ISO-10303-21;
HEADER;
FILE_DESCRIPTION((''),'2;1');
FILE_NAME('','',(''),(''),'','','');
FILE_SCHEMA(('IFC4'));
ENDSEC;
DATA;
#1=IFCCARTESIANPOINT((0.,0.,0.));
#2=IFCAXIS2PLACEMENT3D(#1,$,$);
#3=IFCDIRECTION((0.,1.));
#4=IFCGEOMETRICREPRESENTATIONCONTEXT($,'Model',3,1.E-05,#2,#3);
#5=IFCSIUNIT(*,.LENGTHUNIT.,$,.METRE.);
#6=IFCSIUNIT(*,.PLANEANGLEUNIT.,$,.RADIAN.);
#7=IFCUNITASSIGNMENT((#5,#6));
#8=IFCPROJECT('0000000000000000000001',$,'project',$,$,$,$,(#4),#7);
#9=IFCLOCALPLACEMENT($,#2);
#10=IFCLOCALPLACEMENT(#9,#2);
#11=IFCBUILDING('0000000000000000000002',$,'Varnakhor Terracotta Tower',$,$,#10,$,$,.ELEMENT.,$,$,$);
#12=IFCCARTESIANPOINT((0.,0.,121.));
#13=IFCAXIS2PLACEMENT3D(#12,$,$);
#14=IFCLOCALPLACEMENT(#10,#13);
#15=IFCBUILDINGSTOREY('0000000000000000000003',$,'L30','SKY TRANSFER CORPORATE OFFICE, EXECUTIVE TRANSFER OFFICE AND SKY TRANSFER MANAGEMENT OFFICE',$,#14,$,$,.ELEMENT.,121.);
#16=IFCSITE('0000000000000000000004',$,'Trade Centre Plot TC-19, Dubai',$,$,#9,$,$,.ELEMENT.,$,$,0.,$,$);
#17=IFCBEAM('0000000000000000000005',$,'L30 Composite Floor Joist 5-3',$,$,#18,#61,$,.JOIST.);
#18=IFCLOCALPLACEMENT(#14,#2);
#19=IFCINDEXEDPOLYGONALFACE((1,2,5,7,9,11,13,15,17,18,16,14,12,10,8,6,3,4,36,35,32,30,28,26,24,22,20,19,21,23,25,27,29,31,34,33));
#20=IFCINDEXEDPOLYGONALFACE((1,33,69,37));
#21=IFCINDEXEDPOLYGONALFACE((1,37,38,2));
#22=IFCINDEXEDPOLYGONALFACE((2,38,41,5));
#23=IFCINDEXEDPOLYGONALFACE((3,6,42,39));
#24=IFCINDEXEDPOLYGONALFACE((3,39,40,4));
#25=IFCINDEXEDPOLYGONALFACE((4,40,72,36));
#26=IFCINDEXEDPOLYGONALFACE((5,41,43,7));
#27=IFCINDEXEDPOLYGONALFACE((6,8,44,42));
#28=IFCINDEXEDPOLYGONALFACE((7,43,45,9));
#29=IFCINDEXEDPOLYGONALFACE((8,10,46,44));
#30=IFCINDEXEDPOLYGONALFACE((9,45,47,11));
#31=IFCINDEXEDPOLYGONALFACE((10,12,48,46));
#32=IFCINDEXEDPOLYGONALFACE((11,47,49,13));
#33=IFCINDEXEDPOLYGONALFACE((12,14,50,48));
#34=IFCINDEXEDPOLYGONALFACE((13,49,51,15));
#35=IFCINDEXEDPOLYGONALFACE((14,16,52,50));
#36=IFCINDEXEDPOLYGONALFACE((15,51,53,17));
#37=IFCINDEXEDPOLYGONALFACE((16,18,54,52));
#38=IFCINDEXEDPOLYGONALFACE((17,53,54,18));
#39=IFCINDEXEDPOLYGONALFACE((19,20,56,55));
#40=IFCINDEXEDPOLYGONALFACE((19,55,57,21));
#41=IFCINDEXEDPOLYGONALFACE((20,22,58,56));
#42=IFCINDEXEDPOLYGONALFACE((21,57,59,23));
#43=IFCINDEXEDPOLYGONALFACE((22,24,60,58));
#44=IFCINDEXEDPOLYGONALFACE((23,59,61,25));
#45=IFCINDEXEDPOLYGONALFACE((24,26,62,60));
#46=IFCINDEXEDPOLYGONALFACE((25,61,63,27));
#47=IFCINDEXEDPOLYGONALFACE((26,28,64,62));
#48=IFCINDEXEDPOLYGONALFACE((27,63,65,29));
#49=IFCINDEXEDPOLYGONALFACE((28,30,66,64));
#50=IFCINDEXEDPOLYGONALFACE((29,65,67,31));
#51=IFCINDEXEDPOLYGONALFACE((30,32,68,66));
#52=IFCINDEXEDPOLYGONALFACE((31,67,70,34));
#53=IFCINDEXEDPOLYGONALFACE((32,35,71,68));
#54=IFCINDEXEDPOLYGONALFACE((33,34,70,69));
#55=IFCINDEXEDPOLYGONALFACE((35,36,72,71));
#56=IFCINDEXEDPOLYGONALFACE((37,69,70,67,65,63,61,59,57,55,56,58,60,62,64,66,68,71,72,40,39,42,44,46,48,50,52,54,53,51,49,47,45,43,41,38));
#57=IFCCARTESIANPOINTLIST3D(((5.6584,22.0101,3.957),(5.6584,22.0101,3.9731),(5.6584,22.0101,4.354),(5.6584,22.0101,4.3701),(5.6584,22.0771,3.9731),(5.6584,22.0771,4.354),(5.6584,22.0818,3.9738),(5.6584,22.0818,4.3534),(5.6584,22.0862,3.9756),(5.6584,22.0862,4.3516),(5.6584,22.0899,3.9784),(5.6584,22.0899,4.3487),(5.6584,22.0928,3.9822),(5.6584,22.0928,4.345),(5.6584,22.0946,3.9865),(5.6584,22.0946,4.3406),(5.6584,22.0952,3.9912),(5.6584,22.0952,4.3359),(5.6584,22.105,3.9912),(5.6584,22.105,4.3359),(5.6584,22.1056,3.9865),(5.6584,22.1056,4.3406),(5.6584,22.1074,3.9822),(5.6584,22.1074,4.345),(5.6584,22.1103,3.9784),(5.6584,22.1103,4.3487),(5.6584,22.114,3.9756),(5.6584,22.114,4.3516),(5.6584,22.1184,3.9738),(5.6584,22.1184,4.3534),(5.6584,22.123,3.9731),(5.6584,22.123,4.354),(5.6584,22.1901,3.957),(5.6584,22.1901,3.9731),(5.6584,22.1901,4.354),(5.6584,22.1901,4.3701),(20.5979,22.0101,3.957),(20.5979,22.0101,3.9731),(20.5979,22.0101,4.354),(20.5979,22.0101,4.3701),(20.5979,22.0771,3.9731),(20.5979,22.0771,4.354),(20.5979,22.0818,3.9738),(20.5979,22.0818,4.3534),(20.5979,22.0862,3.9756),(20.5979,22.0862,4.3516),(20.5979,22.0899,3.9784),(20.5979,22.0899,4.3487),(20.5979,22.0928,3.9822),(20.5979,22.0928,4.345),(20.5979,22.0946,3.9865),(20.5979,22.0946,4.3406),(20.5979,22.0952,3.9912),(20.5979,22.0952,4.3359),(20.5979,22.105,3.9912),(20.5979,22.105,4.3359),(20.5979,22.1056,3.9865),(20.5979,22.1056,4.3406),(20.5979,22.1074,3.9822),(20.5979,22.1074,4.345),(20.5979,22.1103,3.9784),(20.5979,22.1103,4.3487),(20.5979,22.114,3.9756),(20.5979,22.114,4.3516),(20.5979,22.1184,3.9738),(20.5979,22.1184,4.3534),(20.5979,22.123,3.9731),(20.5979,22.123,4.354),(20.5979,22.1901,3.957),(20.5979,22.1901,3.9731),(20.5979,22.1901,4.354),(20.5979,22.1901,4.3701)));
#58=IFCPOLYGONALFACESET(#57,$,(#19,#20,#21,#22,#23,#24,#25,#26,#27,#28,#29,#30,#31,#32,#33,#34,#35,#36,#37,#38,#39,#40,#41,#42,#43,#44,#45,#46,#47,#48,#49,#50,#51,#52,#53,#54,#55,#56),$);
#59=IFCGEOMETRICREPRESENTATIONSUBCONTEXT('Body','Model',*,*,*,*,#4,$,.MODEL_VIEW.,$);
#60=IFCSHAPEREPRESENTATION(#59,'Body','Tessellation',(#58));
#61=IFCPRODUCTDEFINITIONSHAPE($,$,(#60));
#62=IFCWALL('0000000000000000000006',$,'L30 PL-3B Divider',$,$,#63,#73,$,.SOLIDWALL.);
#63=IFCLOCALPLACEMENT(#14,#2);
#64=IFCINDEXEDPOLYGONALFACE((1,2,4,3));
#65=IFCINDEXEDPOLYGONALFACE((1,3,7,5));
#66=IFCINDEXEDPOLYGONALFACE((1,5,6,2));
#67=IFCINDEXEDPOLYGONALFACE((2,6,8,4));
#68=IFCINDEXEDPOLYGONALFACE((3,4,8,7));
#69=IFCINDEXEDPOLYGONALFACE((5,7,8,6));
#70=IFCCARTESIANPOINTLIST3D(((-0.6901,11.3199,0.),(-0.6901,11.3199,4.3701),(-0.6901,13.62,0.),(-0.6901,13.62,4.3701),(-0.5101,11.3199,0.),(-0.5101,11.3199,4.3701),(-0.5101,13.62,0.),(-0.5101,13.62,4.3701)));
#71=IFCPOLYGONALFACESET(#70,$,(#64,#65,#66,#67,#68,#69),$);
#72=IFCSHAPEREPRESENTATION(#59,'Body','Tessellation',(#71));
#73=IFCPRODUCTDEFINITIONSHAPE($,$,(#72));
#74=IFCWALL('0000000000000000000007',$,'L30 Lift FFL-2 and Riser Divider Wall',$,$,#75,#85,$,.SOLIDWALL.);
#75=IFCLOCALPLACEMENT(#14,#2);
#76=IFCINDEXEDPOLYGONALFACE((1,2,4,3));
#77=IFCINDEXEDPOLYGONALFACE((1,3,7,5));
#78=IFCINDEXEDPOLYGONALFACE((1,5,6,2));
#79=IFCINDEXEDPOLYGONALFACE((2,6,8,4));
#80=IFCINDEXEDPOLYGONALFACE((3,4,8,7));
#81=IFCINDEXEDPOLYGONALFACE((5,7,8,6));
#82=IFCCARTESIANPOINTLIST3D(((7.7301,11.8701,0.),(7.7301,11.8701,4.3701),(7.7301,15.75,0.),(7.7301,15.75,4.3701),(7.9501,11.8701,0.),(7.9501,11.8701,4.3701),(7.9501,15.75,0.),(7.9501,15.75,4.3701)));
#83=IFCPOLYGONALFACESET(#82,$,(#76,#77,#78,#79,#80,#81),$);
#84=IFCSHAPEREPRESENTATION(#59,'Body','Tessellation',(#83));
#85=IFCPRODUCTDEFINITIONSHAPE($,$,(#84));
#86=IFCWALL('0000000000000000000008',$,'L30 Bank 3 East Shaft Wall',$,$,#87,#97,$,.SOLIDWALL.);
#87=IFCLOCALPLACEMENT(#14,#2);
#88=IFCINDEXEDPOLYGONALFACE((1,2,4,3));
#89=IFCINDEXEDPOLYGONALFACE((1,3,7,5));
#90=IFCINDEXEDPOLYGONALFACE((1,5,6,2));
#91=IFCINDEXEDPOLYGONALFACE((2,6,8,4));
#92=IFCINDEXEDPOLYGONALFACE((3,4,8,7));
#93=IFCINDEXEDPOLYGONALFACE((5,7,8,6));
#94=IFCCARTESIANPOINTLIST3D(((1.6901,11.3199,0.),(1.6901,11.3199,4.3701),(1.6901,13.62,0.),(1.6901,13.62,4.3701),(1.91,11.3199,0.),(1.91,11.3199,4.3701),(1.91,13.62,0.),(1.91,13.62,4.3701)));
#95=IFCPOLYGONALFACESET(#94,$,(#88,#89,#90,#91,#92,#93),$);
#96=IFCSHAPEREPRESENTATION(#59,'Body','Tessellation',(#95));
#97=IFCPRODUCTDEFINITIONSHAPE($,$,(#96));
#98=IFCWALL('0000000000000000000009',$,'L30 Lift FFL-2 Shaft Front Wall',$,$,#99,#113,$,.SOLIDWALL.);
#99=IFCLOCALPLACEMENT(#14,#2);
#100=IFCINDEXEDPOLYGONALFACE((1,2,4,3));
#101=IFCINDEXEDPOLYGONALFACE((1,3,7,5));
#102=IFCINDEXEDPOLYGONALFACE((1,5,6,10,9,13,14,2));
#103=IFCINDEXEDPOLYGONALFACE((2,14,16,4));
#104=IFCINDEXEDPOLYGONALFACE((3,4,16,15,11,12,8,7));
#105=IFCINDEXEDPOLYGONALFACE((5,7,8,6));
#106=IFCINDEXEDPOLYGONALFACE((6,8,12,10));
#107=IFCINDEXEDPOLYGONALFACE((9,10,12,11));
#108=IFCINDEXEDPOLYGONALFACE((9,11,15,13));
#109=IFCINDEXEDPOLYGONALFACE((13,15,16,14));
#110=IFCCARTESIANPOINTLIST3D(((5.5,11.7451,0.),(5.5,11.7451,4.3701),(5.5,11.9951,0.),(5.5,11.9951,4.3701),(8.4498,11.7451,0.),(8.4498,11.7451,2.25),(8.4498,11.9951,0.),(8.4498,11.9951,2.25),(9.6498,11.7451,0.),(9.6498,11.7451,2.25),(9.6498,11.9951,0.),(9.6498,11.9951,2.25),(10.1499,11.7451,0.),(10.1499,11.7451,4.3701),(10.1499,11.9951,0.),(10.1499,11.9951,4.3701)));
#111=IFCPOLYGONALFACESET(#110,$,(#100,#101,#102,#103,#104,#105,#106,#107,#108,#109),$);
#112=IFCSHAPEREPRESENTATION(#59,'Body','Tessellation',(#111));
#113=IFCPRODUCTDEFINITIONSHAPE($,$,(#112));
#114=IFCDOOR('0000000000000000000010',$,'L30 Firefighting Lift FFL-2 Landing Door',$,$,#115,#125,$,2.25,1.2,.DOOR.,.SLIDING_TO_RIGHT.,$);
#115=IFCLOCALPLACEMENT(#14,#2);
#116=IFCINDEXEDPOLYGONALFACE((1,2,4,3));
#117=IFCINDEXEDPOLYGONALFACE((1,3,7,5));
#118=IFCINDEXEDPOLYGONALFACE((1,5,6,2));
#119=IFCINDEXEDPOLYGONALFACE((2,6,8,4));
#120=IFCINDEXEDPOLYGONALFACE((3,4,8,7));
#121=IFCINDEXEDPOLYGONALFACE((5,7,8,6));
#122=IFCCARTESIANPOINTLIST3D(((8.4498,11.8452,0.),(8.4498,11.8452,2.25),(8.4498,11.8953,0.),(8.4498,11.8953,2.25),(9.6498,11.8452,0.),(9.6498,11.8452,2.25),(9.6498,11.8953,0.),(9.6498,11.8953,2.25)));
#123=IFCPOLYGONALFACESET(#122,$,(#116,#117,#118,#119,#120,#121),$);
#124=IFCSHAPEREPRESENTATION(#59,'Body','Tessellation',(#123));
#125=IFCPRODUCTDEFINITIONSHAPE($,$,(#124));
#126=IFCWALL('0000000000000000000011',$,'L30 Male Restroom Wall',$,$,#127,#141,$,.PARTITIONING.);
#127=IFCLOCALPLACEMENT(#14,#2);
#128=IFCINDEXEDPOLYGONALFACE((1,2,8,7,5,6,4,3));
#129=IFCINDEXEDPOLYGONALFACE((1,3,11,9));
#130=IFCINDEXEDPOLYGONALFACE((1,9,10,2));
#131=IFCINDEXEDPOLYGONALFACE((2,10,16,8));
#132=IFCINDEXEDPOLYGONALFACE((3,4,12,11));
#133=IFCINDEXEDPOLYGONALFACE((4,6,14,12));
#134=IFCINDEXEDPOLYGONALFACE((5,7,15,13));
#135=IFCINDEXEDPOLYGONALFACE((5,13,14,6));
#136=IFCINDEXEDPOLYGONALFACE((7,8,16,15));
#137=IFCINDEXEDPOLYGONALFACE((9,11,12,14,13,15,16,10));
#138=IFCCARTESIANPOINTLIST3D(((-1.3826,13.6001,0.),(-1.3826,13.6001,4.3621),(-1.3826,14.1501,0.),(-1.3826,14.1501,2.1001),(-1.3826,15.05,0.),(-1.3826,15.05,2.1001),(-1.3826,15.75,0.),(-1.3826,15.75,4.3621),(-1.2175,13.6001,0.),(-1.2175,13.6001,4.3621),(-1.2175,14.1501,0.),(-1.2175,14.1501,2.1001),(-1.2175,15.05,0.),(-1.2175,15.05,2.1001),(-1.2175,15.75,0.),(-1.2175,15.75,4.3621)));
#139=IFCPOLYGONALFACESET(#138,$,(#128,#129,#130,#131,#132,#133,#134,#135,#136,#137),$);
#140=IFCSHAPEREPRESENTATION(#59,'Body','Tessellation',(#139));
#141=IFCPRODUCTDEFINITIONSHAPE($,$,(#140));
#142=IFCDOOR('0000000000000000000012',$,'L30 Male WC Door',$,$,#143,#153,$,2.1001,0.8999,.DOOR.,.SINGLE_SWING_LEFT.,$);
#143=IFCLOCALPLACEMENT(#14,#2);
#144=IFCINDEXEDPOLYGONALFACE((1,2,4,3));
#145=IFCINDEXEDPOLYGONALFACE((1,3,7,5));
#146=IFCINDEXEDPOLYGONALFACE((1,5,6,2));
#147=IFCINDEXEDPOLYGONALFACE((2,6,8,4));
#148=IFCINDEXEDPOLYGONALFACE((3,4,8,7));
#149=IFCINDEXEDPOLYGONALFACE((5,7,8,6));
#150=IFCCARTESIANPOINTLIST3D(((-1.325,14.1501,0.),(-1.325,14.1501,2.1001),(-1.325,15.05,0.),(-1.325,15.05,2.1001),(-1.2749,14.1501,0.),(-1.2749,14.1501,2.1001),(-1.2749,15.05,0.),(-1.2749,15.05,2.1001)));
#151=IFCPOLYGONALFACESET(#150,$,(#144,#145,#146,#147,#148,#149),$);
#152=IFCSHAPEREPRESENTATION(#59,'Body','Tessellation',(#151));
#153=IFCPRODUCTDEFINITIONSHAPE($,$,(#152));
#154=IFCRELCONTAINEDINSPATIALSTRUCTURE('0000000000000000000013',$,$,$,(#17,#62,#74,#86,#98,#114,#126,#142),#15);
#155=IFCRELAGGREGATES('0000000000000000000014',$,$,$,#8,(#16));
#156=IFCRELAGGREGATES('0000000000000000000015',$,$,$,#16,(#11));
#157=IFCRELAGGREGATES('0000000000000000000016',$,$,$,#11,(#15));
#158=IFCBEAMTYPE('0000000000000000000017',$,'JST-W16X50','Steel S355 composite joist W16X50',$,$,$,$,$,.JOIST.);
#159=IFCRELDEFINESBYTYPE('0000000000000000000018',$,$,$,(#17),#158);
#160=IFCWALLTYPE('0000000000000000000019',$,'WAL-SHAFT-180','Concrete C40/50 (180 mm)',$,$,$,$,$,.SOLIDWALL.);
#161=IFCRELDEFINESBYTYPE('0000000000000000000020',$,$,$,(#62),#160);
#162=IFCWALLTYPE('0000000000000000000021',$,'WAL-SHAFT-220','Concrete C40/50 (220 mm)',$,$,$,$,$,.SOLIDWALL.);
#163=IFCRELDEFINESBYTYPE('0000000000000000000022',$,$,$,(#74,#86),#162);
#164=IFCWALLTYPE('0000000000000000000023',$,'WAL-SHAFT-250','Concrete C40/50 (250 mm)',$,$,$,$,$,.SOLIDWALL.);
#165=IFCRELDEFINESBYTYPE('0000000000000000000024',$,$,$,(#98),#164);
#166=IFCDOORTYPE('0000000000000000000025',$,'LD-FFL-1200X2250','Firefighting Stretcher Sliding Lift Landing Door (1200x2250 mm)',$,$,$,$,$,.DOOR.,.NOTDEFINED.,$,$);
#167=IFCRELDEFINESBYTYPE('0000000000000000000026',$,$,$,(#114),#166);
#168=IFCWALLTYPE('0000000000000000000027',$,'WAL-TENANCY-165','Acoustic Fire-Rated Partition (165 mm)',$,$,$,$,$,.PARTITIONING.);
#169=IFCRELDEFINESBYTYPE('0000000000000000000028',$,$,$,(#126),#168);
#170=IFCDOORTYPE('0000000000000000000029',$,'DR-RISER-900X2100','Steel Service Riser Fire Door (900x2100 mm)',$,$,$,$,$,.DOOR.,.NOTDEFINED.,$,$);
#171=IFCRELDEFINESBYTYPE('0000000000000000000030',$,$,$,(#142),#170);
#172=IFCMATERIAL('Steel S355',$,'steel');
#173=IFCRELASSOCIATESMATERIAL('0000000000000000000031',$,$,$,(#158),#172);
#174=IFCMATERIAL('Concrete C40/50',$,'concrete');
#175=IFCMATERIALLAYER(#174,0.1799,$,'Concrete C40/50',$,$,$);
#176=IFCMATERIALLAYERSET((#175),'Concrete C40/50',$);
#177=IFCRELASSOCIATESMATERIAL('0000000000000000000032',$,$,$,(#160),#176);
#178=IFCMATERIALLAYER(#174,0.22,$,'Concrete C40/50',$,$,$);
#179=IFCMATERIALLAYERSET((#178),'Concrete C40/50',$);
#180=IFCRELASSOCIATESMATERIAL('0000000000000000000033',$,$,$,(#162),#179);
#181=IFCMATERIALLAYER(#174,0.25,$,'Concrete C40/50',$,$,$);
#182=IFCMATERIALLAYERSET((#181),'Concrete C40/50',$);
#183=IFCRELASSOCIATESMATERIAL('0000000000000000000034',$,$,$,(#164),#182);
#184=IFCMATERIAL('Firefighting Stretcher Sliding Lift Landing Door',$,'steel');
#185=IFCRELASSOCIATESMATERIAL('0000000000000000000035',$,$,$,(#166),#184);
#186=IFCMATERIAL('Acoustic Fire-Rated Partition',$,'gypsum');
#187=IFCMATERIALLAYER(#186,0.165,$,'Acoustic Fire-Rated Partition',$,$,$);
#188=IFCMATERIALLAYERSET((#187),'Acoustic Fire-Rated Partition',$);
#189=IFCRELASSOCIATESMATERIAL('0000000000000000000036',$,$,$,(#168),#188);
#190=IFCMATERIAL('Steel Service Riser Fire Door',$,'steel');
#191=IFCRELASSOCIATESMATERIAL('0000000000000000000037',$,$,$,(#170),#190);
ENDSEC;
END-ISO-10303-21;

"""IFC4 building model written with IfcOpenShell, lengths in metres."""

from ifc_helpers import new_model, si_unit, direction, frame, frame_2d, origin, origin_2d, place, context, subcontext, project, spatial, rectangle, i_section, extrude, source, transform, mapped, material, layer, layer_set, material_profile, profile_set, type_object, type_shapes, element, fill, save


model = new_model("IFC4")

# Units and contexts
model_context = context("Model", 3, precision=1e-05, world=origin(), true_north=direction((0.0, 1.0)))
body_context = subcontext(model_context, "Body", "Model", "MODEL_VIEW")
ifc_project = project(units=[si_unit("LENGTHUNIT", "METRE"), si_unit("PLANEANGLEUNIT", "RADIAN")], contexts=[model_context])

# Site, building, storey
site_placement = place(None, origin())
site = spatial("IfcSite", under=ifc_project, at=site_placement, Name="Trade Centre Plot TC-19, Dubai", CompositionType="ELEMENT", RefElevation=0.0)
building_placement = place(site_placement, origin())
building = spatial("IfcBuilding", under=site, at=building_placement, Name="Varnakhor Terracotta Tower", CompositionType="ELEMENT")
storey_placement = place(building_placement, frame((0.0, 0.0, 121.0)))
storey = spatial("IfcBuildingStorey", under=building, at=storey_placement, Name="L30", Description="SKY TRANSFER CORPORATE OFFICE, EXECUTIVE TRANSFER OFFICE AND SKY TRANSFER MANAGEMENT OFFICE", CompositionType="ELEMENT", Elevation=121.0)

# Beam
ifc_material_1 = material(Name="Steel S355", Category="steel")
ifc_material_profile_1 = material_profile(ifc_material_1, i_section(OverallWidth=0.1799, OverallDepth=0.4131, WebThickness=0.0098, FlangeThickness=0.0161, FilletRadius=0.0181, at=origin_2d()), Name="W16X50")
ifc_profile_set_1 = profile_set([ifc_material_profile_1], Name="Steel S355")
beam_type_1 = type_object("IfcBeamType", Name="JST-W16X50", Description="Steel S355 composite joist W16X50", PredefinedType="JOIST", material=ifc_profile_set_1)
shared_shape_1 = source(origin(), body_context, "Body", "SweptSolid", [
    extrude(i_section(OverallWidth=0.1799, OverallDepth=0.4131, WebThickness=0.0098, FlangeThickness=0.0161, FilletRadius=0.0181, at=origin_2d()), origin(), (0.0, 0.0, 1.0), 14.9395),
])
beam_1_placement = place(storey_placement, frame((5.6584, 22.1001, 4.1636), z_axis=(1.0, 0.0, 0.0), x_axis=(0.0, 1.0, 0.0)))
element("IfcBeam", 1, at=beam_1_placement, inside=storey, type_object=beam_type_1, Name="L30 Composite Floor Joist 5-3", PredefinedType="JOIST", context=body_context, shape_type="MappedRepresentation", body=[
    mapped(shared_shape_1, transform((0.0, 0.0, 0.0), scale=1.0)),
])

# Walls
ifc_material_2 = material(Name="Concrete C40/50", Category="concrete")
ifc_layer_1 = layer(ifc_material_2, 0.1799, Name="Concrete C40/50")
ifc_layer_set_1 = layer_set([ifc_layer_1], Name="Concrete C40/50")
wall_type_1 = type_object("IfcWallType", Name="WAL-SHAFT-180", Description="Concrete C40/50 (180 mm)", PredefinedType="SOLIDWALL", material=ifc_layer_set_1)
wall_1_placement = place(storey_placement, frame((-0.6001, 11.3201, 0.0), z_axis=(0.0, 0.0, 1.0), x_axis=(0.0, 1.0, 0.0)))
element("IfcWall", 2, at=wall_1_placement, inside=storey, type_object=wall_type_1, Name="L30 PL-3B Divider", PredefinedType="SOLIDWALL", context=body_context, shape_type="SweptSolid", body=[
    extrude(rectangle(XDim=2.3, YDim=0.1799, at=frame_2d((1.1499, 0.0))), origin(), (0.0, 0.0, 1.0), 4.3701),
])
ifc_layer_2 = layer(ifc_material_2, 0.22, Name="Concrete C40/50")
ifc_layer_set_2 = layer_set([ifc_layer_2], Name="Concrete C40/50")
wall_type_2 = type_object("IfcWallType", Name="WAL-SHAFT-220", Description="Concrete C40/50 (220 mm)", PredefinedType="SOLIDWALL", material=ifc_layer_set_2)
wall_2_placement = place(storey_placement, frame((7.8401, 11.8701, 0.0), z_axis=(0.0, 0.0, 1.0), x_axis=(0.0, 1.0, 0.0)))
element("IfcWall", 3, at=wall_2_placement, inside=storey, type_object=wall_type_2, Name="L30 Lift FFL-2 and Riser Divider Wall", PredefinedType="SOLIDWALL", context=body_context, shape_type="SweptSolid", body=[
    extrude(rectangle(XDim=3.8799, YDim=0.22, at=frame_2d((1.9399, 0.0))), origin(), (0.0, 0.0, 1.0), 4.3701),
])
wall_3_placement = place(storey_placement, frame((1.8, 11.3201, 0.0), z_axis=(0.0, 0.0, 1.0), x_axis=(0.0, 1.0, 0.0)))
element("IfcWall", 4, at=wall_3_placement, inside=storey, type_object=wall_type_2, Name="L30 Bank 3 East Shaft Wall", PredefinedType="SOLIDWALL", context=body_context, shape_type="SweptSolid", body=[
    extrude(rectangle(XDim=2.3, YDim=0.22, at=frame_2d((1.1499, 0.0))), origin(), (0.0, 0.0, 1.0), 4.3701),
])

# Walls, openings, doors
ifc_layer_3 = layer(ifc_material_2, 0.25, Name="Concrete C40/50")
ifc_layer_set_3 = layer_set([ifc_layer_3], Name="Concrete C40/50")
wall_type_3 = type_object("IfcWallType", Name="WAL-SHAFT-250", Description="Concrete C40/50 (250 mm)", PredefinedType="SOLIDWALL", material=ifc_layer_set_3)
wall_4_placement = place(storey_placement, frame((10.1499, 11.8701, 0.0), z_axis=(0.0, 0.0, 1.0), x_axis=(-1.0, 0.0, 0.0)))
wall_4 = element("IfcWall", 5, at=wall_4_placement, inside=storey, type_object=wall_type_3, Name="L30 Lift FFL-2 Shaft Front Wall", PredefinedType="SOLIDWALL", context=body_context, shape_type="SweptSolid", body=[
    extrude(rectangle(XDim=4.6499, YDim=0.25, at=frame_2d((2.325, 0.0))), origin(), (0.0, 0.0, 1.0), 4.3701),
])
opening_1_placement = place(wall_4_placement, frame((0.5, 0.0, 0.0)))
opening_1 = element("IfcOpeningElement", 6, at=opening_1_placement, cuts=wall_4, PredefinedType="OPENING", context=body_context, shape_type="SweptSolid", body=[
    extrude(rectangle(XDim=1.2, YDim=2.25, at=frame_2d((0.6001, 1.125))), frame((0.0, 0.135, 0.0), z_axis=(0.0, -1.0, 0.0), x_axis=(1.0, 0.0, 0.0)), (0.0, 0.0, 1.0), 0.27),
])
ifc_material_3 = material(Name="Firefighting Stretcher Sliding Lift Landing Door", Category="steel")
door_type_1 = type_object("IfcDoorType", Name="LD-FFL-1200X2250", Description="Firefighting Stretcher Sliding Lift Landing Door (1200x2250 mm)", OperationType="NOTDEFINED", PredefinedType="DOOR", material=ifc_material_3)
shared_shape_2 = source(origin(), body_context, "Body", "SweptSolid", [
    extrude(rectangle(XDim=1.2, YDim=2.25, at=frame_2d((0.6001, 1.125))), frame((0.0, 0.0249, 0.0), z_axis=(0.0, -1.0, 0.0), x_axis=(1.0, 0.0, 0.0)), (0.0, 0.0, 1.0), 0.05),
])
type_shapes(door_type_1, [shared_shape_2])
door_1_placement = place(opening_1_placement, origin())
door_1 = element("IfcDoor", 7, at=door_1_placement, inside=storey, type_object=door_type_1, Name="L30 Firefighting Lift FFL-2 Landing Door", OperationType="SLIDING_TO_RIGHT", OverallHeight=2.25, OverallWidth=1.2, PredefinedType="DOOR", context=body_context, shape_type="MappedRepresentation", body=[
    mapped(shared_shape_2, transform((0.0, 0.0, 0.0), scale=1.0)),
])
fill(opening_1, door_1)
ifc_material_4 = material(Name="Acoustic Fire-Rated Partition", Category="gypsum")
ifc_layer_4 = layer(ifc_material_4, 0.165, Name="Acoustic Fire-Rated Partition")
ifc_layer_set_4 = layer_set([ifc_layer_4], Name="Acoustic Fire-Rated Partition")
wall_type_4 = type_object("IfcWallType", Name="WAL-TENANCY-165", Description="Acoustic Fire-Rated Partition (165 mm)", PredefinedType="PARTITIONING", material=ifc_layer_set_4)
wall_5_placement = place(storey_placement, frame((-1.3, 13.6001, 0.0), z_axis=(0.0, 0.0, 1.0), x_axis=(0.0, 1.0, 0.0)))
wall_5 = element("IfcWall", 8, at=wall_5_placement, inside=storey, type_object=wall_type_4, Name="L30 Male Restroom Wall", PredefinedType="PARTITIONING", context=body_context, shape_type="SweptSolid", body=[
    extrude(rectangle(XDim=2.1499, YDim=0.165, at=frame_2d((1.075, 0.0))), origin(), (0.0, 0.0, 1.0), 4.3621),
])
opening_2_placement = place(wall_5_placement, frame((0.55, 0.0, 0.0)))
opening_2 = element("IfcOpeningElement", 9, at=opening_2_placement, cuts=wall_5, PredefinedType="OPENING", context=body_context, shape_type="SweptSolid", body=[
    extrude(rectangle(XDim=0.8999, YDim=2.1001, at=frame_2d((0.45, 1.05))), frame((0.0, 0.0925, 0.0), z_axis=(0.0, -1.0, 0.0), x_axis=(1.0, 0.0, 0.0)), (0.0, 0.0, 1.0), 0.1851),
])
ifc_material_5 = material(Name="Steel Service Riser Fire Door", Category="steel")
door_type_2 = type_object("IfcDoorType", Name="DR-RISER-900X2100", Description="Steel Service Riser Fire Door (900x2100 mm)", OperationType="NOTDEFINED", PredefinedType="DOOR", material=ifc_material_5)
shared_shape_3 = source(origin(), body_context, "Body", "SweptSolid", [
    extrude(rectangle(XDim=0.8999, YDim=2.1001, at=frame_2d((0.45, 1.05))), frame((0.0, 0.0249, 0.0), z_axis=(0.0, -1.0, 0.0), x_axis=(1.0, 0.0, 0.0)), (0.0, 0.0, 1.0), 0.05),
])
type_shapes(door_type_2, [shared_shape_3])
door_2_placement = place(opening_2_placement, origin())
door_2 = element("IfcDoor", 10, at=door_2_placement, inside=storey, type_object=door_type_2, Name="L30 Male WC Door", OperationType="SINGLE_SWING_LEFT", OverallHeight=2.1001, OverallWidth=0.8999, PredefinedType="DOOR", context=body_context, shape_type="MappedRepresentation", body=[
    mapped(shared_shape_3, transform((0.0, 0.0, 0.0), scale=1.0)),
])
fill(opening_2, door_2)

save(model, "model.ifc")
